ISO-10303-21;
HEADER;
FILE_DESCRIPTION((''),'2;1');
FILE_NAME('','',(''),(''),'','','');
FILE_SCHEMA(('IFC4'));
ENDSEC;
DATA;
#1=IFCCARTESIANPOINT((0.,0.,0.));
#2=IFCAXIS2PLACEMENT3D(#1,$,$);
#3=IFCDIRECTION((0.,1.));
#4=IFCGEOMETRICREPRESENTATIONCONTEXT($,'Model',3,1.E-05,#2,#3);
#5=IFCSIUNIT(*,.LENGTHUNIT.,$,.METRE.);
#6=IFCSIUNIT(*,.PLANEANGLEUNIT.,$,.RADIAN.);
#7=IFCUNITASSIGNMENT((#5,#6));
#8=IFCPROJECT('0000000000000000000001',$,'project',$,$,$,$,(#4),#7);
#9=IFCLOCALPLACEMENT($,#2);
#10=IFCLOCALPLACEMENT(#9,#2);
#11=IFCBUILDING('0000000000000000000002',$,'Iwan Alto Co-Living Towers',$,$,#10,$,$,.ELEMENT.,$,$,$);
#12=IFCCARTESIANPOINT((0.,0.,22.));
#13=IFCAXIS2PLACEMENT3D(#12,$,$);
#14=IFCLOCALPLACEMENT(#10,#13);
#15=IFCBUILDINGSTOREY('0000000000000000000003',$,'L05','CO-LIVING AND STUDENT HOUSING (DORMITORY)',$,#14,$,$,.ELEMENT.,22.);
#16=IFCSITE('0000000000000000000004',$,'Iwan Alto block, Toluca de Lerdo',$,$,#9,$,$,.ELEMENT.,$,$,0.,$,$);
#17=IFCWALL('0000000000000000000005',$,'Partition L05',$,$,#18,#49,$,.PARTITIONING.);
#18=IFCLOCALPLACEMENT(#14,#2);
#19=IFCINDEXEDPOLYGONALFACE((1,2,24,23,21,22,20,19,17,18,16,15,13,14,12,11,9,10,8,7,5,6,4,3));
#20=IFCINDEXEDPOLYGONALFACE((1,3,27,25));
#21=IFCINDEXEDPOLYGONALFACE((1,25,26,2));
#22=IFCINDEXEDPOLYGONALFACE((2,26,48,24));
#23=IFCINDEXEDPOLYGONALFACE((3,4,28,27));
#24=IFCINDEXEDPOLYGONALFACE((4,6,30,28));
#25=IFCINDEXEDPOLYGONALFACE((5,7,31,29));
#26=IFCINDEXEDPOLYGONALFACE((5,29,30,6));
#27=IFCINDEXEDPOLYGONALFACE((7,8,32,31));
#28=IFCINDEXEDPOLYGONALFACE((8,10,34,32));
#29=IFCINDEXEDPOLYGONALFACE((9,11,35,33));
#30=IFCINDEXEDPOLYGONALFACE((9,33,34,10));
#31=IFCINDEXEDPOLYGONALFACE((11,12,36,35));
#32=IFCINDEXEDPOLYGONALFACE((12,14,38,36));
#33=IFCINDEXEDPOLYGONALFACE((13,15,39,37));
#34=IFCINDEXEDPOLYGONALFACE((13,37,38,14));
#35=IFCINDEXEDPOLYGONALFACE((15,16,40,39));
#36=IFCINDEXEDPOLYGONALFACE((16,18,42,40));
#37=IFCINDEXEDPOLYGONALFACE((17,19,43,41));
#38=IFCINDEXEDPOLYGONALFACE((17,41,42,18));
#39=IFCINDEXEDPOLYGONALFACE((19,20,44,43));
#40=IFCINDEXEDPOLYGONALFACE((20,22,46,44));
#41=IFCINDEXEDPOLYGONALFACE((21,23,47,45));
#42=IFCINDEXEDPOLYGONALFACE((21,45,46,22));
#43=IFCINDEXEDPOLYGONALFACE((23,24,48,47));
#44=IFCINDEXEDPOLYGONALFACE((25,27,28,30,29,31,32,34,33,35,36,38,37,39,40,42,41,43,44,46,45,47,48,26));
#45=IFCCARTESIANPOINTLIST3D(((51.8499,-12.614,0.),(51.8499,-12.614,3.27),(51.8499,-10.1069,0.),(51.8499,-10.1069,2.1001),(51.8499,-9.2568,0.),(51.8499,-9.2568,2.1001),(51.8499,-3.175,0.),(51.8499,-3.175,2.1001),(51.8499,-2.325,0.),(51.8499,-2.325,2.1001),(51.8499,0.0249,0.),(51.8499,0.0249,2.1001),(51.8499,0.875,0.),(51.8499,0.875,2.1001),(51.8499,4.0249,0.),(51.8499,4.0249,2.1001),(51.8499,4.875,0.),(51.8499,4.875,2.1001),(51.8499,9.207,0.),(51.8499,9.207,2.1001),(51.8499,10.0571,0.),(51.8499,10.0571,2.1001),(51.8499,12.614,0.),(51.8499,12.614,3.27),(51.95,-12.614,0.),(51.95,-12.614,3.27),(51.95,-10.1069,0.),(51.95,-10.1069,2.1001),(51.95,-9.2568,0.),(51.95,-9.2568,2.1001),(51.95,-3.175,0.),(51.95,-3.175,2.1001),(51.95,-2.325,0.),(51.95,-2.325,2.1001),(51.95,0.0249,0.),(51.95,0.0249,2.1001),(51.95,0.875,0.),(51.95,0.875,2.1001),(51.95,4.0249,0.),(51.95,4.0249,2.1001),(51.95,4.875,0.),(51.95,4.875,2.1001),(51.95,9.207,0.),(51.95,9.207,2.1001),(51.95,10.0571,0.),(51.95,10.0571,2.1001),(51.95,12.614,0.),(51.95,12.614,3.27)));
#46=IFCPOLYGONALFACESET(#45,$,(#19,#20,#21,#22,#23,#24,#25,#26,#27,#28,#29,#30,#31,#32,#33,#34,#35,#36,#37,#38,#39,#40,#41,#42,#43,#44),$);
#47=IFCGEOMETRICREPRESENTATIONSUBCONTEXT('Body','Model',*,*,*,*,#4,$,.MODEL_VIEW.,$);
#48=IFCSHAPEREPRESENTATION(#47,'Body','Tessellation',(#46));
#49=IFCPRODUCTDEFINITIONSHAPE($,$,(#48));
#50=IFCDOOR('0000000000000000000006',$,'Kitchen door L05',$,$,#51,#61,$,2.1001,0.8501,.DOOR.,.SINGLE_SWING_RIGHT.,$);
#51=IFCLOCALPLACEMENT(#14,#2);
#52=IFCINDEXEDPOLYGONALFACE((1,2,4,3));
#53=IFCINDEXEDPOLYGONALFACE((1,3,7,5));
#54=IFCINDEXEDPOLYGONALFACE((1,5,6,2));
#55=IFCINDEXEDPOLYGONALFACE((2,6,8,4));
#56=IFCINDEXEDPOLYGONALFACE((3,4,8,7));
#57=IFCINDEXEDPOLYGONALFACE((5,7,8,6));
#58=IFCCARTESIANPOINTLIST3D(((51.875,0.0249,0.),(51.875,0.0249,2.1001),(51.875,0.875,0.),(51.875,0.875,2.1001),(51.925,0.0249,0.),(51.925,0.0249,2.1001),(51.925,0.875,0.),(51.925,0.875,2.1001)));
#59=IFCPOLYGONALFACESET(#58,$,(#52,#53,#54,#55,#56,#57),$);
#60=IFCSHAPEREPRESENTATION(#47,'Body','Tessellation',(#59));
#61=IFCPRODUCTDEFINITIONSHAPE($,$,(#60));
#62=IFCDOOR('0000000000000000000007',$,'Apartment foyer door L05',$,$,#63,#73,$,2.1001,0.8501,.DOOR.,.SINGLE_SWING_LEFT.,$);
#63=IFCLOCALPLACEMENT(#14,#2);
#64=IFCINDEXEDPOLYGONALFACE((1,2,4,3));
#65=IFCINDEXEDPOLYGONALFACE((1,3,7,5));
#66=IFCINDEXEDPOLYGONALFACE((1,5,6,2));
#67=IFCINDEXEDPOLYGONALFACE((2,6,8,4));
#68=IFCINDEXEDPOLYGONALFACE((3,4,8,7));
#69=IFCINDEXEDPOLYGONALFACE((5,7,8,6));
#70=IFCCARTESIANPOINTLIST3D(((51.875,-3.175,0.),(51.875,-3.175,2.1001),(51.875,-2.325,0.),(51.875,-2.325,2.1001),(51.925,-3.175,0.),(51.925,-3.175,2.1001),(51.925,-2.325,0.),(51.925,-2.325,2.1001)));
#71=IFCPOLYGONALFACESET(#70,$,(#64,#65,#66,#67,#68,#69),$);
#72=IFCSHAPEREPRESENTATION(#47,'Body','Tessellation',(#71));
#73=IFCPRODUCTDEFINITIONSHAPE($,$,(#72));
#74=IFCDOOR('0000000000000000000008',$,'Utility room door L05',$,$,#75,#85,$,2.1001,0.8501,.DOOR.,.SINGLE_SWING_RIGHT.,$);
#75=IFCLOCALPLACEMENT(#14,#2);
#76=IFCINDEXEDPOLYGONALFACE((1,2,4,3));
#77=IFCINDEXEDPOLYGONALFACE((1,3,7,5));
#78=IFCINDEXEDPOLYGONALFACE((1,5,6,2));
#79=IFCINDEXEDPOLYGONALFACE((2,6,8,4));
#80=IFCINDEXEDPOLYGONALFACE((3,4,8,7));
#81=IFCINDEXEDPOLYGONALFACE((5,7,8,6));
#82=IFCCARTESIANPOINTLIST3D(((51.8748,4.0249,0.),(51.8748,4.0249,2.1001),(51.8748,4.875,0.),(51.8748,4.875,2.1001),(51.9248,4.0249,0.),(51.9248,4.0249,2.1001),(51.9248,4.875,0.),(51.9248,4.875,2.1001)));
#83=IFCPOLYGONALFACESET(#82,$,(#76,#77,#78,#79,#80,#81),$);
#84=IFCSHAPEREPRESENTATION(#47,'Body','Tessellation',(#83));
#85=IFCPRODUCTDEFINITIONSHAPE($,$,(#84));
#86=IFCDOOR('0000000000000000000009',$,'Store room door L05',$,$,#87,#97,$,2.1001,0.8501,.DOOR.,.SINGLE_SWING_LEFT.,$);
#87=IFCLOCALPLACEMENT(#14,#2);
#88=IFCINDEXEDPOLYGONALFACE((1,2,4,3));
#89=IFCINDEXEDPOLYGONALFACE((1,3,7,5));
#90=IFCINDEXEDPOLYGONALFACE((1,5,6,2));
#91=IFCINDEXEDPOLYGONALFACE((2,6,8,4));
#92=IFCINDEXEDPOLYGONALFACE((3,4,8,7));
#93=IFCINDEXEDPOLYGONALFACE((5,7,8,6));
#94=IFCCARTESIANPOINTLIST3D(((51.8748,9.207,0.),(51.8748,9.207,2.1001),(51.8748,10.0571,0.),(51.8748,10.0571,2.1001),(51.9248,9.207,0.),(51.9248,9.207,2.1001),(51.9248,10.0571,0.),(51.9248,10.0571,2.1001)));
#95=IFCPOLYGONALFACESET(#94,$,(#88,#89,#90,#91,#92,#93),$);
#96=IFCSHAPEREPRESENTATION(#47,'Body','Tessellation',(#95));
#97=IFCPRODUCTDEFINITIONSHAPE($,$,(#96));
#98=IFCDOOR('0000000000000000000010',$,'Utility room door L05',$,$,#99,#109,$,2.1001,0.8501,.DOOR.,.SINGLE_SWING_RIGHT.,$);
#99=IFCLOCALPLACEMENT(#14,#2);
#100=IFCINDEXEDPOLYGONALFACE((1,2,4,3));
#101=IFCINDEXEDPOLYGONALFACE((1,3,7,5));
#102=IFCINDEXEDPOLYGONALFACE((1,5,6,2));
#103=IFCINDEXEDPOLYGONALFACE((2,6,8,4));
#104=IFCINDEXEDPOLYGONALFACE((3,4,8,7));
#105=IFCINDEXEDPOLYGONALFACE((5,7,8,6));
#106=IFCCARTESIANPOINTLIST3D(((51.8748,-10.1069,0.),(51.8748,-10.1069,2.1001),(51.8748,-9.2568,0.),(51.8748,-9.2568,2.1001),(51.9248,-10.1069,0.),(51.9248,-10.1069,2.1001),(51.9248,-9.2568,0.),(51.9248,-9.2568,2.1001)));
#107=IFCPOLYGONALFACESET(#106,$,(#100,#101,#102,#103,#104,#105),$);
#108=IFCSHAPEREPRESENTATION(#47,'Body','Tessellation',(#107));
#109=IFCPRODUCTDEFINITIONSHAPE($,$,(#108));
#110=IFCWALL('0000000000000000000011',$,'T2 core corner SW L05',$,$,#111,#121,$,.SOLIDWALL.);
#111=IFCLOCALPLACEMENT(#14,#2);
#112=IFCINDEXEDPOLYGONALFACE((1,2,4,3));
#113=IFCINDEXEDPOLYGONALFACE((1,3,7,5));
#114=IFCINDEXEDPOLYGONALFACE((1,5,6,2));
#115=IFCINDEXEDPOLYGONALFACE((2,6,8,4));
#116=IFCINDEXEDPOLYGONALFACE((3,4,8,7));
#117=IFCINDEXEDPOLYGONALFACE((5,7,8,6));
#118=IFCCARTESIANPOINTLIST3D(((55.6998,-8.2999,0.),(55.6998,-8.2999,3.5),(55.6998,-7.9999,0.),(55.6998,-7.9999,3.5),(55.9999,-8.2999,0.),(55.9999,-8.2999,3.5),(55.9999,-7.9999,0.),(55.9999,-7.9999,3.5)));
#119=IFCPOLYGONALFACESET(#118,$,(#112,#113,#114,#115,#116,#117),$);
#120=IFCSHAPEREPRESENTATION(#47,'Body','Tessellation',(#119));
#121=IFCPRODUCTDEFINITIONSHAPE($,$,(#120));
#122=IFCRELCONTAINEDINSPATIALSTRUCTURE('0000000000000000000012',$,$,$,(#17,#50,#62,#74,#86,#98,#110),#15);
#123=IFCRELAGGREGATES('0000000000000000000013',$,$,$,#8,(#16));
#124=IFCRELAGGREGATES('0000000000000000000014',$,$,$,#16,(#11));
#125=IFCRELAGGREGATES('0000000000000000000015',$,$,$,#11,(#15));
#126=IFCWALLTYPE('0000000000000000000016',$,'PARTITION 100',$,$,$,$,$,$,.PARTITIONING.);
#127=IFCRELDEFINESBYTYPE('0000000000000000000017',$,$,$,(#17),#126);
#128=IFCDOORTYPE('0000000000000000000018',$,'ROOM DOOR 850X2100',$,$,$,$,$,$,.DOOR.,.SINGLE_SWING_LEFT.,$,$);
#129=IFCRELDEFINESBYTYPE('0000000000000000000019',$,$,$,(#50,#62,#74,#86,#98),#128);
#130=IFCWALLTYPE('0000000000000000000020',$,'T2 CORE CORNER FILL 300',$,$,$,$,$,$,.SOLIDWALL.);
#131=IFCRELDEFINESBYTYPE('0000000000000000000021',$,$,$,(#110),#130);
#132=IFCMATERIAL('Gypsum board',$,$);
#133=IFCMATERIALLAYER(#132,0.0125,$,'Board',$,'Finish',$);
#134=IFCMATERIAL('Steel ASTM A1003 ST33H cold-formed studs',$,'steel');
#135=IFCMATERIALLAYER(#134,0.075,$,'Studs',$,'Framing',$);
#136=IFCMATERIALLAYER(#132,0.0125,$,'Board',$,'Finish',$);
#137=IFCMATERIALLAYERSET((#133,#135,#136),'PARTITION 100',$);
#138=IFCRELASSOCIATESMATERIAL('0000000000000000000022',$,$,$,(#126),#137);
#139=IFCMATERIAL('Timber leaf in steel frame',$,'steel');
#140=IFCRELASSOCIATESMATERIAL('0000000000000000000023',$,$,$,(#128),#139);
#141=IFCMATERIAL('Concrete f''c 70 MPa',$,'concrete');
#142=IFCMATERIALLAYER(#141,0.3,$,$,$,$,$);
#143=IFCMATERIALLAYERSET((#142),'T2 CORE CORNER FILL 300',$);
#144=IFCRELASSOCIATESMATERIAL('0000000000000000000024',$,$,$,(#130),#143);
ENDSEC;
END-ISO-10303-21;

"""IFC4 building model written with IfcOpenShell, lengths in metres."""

from ifc_helpers import new_model, si_unit, direction, frame, frame_2d, origin, place, context, subcontext, project, spatial, rectangle, extrude, material, layer, layer_set, type_object, element, fill, save


model = new_model("IFC4")

# Units and contexts
model_context = context("Model", 3, precision=1e-05, world=origin(), true_north=direction((0.0, 1.0)))
body_context = subcontext(model_context, "Body", "Model", "MODEL_VIEW")
ifc_project = project(units=[si_unit("LENGTHUNIT", "METRE"), si_unit("PLANEANGLEUNIT", "RADIAN")], contexts=[model_context])

# Site, building, storey
site_placement = place(None, origin())
site = spatial("IfcSite", under=ifc_project, at=site_placement, Name="Iwan Alto block, Toluca de Lerdo", CompositionType="ELEMENT", RefElevation=0.0)
building_placement = place(site_placement, origin())
building = spatial("IfcBuilding", under=site, at=building_placement, Name="Iwan Alto Co-Living Towers", CompositionType="ELEMENT")
storey_placement = place(building_placement, frame((0.0, 0.0, 22.0)))
storey = spatial("IfcBuildingStorey", under=building, at=storey_placement, Name="L05", Description="CO-LIVING AND STUDENT HOUSING (DORMITORY)", CompositionType="ELEMENT", Elevation=22.0)

# Shared definitions
ifc_material_1 = material(Name="Gypsum board")
ifc_material_2 = material(Name="Steel ASTM A1003 ST33H cold-formed studs", Category="steel")

# Wall, openings, doors
ifc_layer_1 = layer(ifc_material_1, 0.0125, Name="Board", Category="Finish")
ifc_layer_2 = layer(ifc_material_2, 0.075, Name="Studs", Category="Framing")
ifc_layer_3 = layer(ifc_material_1, 0.0125, Name="Board", Category="Finish")
ifc_layer_set_1 = layer_set([ifc_layer_1, ifc_layer_2, ifc_layer_3], Name="PARTITION 100")
wall_type_1 = type_object("IfcWallType", Name="PARTITION 100", PredefinedType="PARTITIONING", material=ifc_layer_set_1)
wall_1_placement = place(storey_placement, frame((51.8999, -12.614, 0.0), z_axis=(0.0, 0.0, 1.0), x_axis=(0.0, 1.0, 0.0)))
wall_1 = element("IfcWall", 1, at=wall_1_placement, inside=storey, type_object=wall_type_1, Name="Partition L05", PredefinedType="PARTITIONING", context=body_context, shape_type="SweptSolid", body=[
    extrude(rectangle(XDim=25.228, YDim=0.1001, at=frame_2d((12.614, 0.0))), origin(), (0.0, 0.0, 1.0), 3.27),
])
opening_1_placement = place(wall_1_placement, frame((12.6389, 0.0, 0.0)))
opening_1 = element("IfcOpeningElement", 2, at=opening_1_placement, cuts=wall_1, PredefinedType="OPENING", context=body_context, shape_type="SweptSolid", body=[
    extrude(rectangle(XDim=0.8501, YDim=2.1001, at=frame_2d((0.425, 1.05))), frame((0.0, 0.0601, 0.0), z_axis=(0.0, -1.0, 0.0), x_axis=(1.0, 0.0, 0.0)), (0.0, 0.0, 1.0), 0.1201),
])
opening_2_placement = place(wall_1_placement, frame((9.439, 0.0, 0.0)))
opening_2 = element("IfcOpeningElement", 3, at=opening_2_placement, cuts=wall_1, PredefinedType="OPENING", context=body_context, shape_type="SweptSolid", body=[
    extrude(rectangle(XDim=0.8501, YDim=2.1001, at=frame_2d((0.425, 1.05))), frame((0.0, 0.0601, 0.0), z_axis=(0.0, -1.0, 0.0), x_axis=(1.0, 0.0, 0.0)), (0.0, 0.0, 1.0), 0.1201),
])
opening_3_placement = place(wall_1_placement, frame((16.6389, 0.0, 0.0)))
opening_3 = element("IfcOpeningElement", 4, at=opening_3_placement, cuts=wall_1, PredefinedType="OPENING", context=body_context, shape_type="SweptSolid", body=[
    extrude(rectangle(XDim=0.8501, YDim=2.1001, at=frame_2d((0.425, 1.05))), frame((0.0, 0.0601, 0.0), z_axis=(0.0, -1.0, 0.0), x_axis=(1.0, 0.0, 0.0)), (0.0, 0.0, 1.0), 0.1201),
])
opening_4_placement = place(wall_1_placement, frame((21.821, 0.0, 0.0)))
opening_4 = element("IfcOpeningElement", 5, at=opening_4_placement, cuts=wall_1, PredefinedType="OPENING", context=body_context, shape_type="SweptSolid", body=[
    extrude(rectangle(XDim=0.8501, YDim=2.1001, at=frame_2d((0.425, 1.05))), frame((0.0, 0.0601, 0.0), z_axis=(0.0, -1.0, 0.0), x_axis=(1.0, 0.0, 0.0)), (0.0, 0.0, 1.0), 0.1201),
])
opening_5_placement = place(wall_1_placement, frame((2.5071, 0.0, 0.0)))
opening_5 = element("IfcOpeningElement", 6, at=opening_5_placement, cuts=wall_1, PredefinedType="OPENING", context=body_context, shape_type="SweptSolid", body=[
    extrude(rectangle(XDim=0.8501, YDim=2.1001, at=frame_2d((0.425, 1.05))), frame((0.0, 0.0601, 0.0), z_axis=(0.0, -1.0, 0.0), x_axis=(1.0, 0.0, 0.0)), (0.0, 0.0, 1.0), 0.1201),
])
ifc_material_3 = material(Name="Timber leaf in steel frame", Category="steel")
door_type_1 = type_object("IfcDoorType", Name="ROOM DOOR 850X2100", OperationType="SINGLE_SWING_LEFT", PredefinedType="DOOR", material=ifc_material_3)
door_1_placement = place(opening_1_placement, origin())
door_1 = element("IfcDoor", 7, at=door_1_placement, inside=storey, type_object=door_type_1, Name="Kitchen door L05", OperationType="SINGLE_SWING_RIGHT", OverallHeight=2.1001, OverallWidth=0.8501, PredefinedType="DOOR", context=body_context, shape_type="SweptSolid", body=[
    extrude(rectangle(XDim=0.8501, YDim=2.1001, at=frame_2d((0.425, 1.05))), frame((0.0, 0.0249, 0.0), z_axis=(0.0, -1.0, 0.0), x_axis=(1.0, 0.0, 0.0)), (0.0, 0.0, 1.0), 0.05),
])
fill(opening_1, door_1)
door_2_placement = place(opening_2_placement, origin())
door_2 = element("IfcDoor", 8, at=door_2_placement, inside=storey, type_object=door_type_1, Name="Apartment foyer door L05", OperationType="SINGLE_SWING_LEFT", OverallHeight=2.1001, OverallWidth=0.8501, PredefinedType="DOOR", context=body_context, shape_type="SweptSolid", body=[
    extrude(rectangle(XDim=0.8501, YDim=2.1001, at=frame_2d((0.425, 1.05))), frame((0.0, 0.0249, 0.0), z_axis=(0.0, -1.0, 0.0), x_axis=(1.0, 0.0, 0.0)), (0.0, 0.0, 1.0), 0.05),
])
fill(opening_2, door_2)
door_3_placement = place(opening_3_placement, frame((0.8501, 0.0, 0.0), z_axis=(0.0, 0.0, 1.0), x_axis=(-1.0, 0.0, 0.0)))
door_3 = element("IfcDoor", 9, at=door_3_placement, inside=storey, type_object=door_type_1, Name="Utility room door L05", OperationType="SINGLE_SWING_RIGHT", OverallHeight=2.1001, OverallWidth=0.8501, PredefinedType="DOOR", context=body_context, shape_type="SweptSolid", body=[
    extrude(rectangle(XDim=0.8501, YDim=2.1001, at=frame_2d((0.425, 1.05))), frame((0.0, 0.0249, 0.0), z_axis=(0.0, -1.0, 0.0), x_axis=(1.0, 0.0, 0.0)), (0.0, 0.0, 1.0), 0.05),
])
fill(opening_3, door_3)
door_4_placement = place(opening_4_placement, frame((0.8501, 0.0, 0.0), z_axis=(0.0, 0.0, 1.0), x_axis=(-1.0, 0.0, 0.0)))
door_4 = element("IfcDoor", 10, at=door_4_placement, inside=storey, type_object=door_type_1, Name="Store room door L05", OperationType="SINGLE_SWING_LEFT", OverallHeight=2.1001, OverallWidth=0.8501, PredefinedType="DOOR", context=body_context, shape_type="SweptSolid", body=[
    extrude(rectangle(XDim=0.8501, YDim=2.1001, at=frame_2d((0.425, 1.05))), frame((0.0, 0.0249, 0.0), z_axis=(0.0, -1.0, 0.0), x_axis=(1.0, 0.0, 0.0)), (0.0, 0.0, 1.0), 0.05),
])
fill(opening_4, door_4)
door_5_placement = place(opening_5_placement, frame((0.8501, 0.0, 0.0), z_axis=(0.0, 0.0, 1.0), x_axis=(-1.0, 0.0, 0.0)))
door_5 = element("IfcDoor", 11, at=door_5_placement, inside=storey, type_object=door_type_1, Name="Utility room door L05", OperationType="SINGLE_SWING_RIGHT", OverallHeight=2.1001, OverallWidth=0.8501, PredefinedType="DOOR", context=body_context, shape_type="SweptSolid", body=[
    extrude(rectangle(XDim=0.8501, YDim=2.1001, at=frame_2d((0.425, 1.05))), frame((0.0, 0.0249, 0.0), z_axis=(0.0, -1.0, 0.0), x_axis=(1.0, 0.0, 0.0)), (0.0, 0.0, 1.0), 0.05),
])
fill(opening_5, door_5)

# Wall
ifc_material_4 = material(Name="Concrete f'c 70 MPa", Category="concrete")
ifc_layer_4 = layer(ifc_material_4, 0.3)
ifc_layer_set_2 = layer_set([ifc_layer_4], Name="T2 CORE CORNER FILL 300")
wall_type_2 = type_object("IfcWallType", Name="T2 CORE CORNER FILL 300", PredefinedType="SOLIDWALL", material=ifc_layer_set_2)
wall_2_placement = place(storey_placement, frame((55.7, -8.1499, 0.0), z_axis=(0.0, 0.0, 1.0), x_axis=(1.0, 0.0, 0.0)))
element("IfcWall", 12, at=wall_2_placement, inside=storey, type_object=wall_type_2, Name="T2 core corner SW L05", PredefinedType="SOLIDWALL", context=body_context, shape_type="SweptSolid", body=[
    extrude(rectangle(XDim=0.3, YDim=0.3, at=frame_2d((0.1499, 0.0))), origin(), (0.0, 0.0, 1.0), 3.5),
])

save(model, "model.ifc")
